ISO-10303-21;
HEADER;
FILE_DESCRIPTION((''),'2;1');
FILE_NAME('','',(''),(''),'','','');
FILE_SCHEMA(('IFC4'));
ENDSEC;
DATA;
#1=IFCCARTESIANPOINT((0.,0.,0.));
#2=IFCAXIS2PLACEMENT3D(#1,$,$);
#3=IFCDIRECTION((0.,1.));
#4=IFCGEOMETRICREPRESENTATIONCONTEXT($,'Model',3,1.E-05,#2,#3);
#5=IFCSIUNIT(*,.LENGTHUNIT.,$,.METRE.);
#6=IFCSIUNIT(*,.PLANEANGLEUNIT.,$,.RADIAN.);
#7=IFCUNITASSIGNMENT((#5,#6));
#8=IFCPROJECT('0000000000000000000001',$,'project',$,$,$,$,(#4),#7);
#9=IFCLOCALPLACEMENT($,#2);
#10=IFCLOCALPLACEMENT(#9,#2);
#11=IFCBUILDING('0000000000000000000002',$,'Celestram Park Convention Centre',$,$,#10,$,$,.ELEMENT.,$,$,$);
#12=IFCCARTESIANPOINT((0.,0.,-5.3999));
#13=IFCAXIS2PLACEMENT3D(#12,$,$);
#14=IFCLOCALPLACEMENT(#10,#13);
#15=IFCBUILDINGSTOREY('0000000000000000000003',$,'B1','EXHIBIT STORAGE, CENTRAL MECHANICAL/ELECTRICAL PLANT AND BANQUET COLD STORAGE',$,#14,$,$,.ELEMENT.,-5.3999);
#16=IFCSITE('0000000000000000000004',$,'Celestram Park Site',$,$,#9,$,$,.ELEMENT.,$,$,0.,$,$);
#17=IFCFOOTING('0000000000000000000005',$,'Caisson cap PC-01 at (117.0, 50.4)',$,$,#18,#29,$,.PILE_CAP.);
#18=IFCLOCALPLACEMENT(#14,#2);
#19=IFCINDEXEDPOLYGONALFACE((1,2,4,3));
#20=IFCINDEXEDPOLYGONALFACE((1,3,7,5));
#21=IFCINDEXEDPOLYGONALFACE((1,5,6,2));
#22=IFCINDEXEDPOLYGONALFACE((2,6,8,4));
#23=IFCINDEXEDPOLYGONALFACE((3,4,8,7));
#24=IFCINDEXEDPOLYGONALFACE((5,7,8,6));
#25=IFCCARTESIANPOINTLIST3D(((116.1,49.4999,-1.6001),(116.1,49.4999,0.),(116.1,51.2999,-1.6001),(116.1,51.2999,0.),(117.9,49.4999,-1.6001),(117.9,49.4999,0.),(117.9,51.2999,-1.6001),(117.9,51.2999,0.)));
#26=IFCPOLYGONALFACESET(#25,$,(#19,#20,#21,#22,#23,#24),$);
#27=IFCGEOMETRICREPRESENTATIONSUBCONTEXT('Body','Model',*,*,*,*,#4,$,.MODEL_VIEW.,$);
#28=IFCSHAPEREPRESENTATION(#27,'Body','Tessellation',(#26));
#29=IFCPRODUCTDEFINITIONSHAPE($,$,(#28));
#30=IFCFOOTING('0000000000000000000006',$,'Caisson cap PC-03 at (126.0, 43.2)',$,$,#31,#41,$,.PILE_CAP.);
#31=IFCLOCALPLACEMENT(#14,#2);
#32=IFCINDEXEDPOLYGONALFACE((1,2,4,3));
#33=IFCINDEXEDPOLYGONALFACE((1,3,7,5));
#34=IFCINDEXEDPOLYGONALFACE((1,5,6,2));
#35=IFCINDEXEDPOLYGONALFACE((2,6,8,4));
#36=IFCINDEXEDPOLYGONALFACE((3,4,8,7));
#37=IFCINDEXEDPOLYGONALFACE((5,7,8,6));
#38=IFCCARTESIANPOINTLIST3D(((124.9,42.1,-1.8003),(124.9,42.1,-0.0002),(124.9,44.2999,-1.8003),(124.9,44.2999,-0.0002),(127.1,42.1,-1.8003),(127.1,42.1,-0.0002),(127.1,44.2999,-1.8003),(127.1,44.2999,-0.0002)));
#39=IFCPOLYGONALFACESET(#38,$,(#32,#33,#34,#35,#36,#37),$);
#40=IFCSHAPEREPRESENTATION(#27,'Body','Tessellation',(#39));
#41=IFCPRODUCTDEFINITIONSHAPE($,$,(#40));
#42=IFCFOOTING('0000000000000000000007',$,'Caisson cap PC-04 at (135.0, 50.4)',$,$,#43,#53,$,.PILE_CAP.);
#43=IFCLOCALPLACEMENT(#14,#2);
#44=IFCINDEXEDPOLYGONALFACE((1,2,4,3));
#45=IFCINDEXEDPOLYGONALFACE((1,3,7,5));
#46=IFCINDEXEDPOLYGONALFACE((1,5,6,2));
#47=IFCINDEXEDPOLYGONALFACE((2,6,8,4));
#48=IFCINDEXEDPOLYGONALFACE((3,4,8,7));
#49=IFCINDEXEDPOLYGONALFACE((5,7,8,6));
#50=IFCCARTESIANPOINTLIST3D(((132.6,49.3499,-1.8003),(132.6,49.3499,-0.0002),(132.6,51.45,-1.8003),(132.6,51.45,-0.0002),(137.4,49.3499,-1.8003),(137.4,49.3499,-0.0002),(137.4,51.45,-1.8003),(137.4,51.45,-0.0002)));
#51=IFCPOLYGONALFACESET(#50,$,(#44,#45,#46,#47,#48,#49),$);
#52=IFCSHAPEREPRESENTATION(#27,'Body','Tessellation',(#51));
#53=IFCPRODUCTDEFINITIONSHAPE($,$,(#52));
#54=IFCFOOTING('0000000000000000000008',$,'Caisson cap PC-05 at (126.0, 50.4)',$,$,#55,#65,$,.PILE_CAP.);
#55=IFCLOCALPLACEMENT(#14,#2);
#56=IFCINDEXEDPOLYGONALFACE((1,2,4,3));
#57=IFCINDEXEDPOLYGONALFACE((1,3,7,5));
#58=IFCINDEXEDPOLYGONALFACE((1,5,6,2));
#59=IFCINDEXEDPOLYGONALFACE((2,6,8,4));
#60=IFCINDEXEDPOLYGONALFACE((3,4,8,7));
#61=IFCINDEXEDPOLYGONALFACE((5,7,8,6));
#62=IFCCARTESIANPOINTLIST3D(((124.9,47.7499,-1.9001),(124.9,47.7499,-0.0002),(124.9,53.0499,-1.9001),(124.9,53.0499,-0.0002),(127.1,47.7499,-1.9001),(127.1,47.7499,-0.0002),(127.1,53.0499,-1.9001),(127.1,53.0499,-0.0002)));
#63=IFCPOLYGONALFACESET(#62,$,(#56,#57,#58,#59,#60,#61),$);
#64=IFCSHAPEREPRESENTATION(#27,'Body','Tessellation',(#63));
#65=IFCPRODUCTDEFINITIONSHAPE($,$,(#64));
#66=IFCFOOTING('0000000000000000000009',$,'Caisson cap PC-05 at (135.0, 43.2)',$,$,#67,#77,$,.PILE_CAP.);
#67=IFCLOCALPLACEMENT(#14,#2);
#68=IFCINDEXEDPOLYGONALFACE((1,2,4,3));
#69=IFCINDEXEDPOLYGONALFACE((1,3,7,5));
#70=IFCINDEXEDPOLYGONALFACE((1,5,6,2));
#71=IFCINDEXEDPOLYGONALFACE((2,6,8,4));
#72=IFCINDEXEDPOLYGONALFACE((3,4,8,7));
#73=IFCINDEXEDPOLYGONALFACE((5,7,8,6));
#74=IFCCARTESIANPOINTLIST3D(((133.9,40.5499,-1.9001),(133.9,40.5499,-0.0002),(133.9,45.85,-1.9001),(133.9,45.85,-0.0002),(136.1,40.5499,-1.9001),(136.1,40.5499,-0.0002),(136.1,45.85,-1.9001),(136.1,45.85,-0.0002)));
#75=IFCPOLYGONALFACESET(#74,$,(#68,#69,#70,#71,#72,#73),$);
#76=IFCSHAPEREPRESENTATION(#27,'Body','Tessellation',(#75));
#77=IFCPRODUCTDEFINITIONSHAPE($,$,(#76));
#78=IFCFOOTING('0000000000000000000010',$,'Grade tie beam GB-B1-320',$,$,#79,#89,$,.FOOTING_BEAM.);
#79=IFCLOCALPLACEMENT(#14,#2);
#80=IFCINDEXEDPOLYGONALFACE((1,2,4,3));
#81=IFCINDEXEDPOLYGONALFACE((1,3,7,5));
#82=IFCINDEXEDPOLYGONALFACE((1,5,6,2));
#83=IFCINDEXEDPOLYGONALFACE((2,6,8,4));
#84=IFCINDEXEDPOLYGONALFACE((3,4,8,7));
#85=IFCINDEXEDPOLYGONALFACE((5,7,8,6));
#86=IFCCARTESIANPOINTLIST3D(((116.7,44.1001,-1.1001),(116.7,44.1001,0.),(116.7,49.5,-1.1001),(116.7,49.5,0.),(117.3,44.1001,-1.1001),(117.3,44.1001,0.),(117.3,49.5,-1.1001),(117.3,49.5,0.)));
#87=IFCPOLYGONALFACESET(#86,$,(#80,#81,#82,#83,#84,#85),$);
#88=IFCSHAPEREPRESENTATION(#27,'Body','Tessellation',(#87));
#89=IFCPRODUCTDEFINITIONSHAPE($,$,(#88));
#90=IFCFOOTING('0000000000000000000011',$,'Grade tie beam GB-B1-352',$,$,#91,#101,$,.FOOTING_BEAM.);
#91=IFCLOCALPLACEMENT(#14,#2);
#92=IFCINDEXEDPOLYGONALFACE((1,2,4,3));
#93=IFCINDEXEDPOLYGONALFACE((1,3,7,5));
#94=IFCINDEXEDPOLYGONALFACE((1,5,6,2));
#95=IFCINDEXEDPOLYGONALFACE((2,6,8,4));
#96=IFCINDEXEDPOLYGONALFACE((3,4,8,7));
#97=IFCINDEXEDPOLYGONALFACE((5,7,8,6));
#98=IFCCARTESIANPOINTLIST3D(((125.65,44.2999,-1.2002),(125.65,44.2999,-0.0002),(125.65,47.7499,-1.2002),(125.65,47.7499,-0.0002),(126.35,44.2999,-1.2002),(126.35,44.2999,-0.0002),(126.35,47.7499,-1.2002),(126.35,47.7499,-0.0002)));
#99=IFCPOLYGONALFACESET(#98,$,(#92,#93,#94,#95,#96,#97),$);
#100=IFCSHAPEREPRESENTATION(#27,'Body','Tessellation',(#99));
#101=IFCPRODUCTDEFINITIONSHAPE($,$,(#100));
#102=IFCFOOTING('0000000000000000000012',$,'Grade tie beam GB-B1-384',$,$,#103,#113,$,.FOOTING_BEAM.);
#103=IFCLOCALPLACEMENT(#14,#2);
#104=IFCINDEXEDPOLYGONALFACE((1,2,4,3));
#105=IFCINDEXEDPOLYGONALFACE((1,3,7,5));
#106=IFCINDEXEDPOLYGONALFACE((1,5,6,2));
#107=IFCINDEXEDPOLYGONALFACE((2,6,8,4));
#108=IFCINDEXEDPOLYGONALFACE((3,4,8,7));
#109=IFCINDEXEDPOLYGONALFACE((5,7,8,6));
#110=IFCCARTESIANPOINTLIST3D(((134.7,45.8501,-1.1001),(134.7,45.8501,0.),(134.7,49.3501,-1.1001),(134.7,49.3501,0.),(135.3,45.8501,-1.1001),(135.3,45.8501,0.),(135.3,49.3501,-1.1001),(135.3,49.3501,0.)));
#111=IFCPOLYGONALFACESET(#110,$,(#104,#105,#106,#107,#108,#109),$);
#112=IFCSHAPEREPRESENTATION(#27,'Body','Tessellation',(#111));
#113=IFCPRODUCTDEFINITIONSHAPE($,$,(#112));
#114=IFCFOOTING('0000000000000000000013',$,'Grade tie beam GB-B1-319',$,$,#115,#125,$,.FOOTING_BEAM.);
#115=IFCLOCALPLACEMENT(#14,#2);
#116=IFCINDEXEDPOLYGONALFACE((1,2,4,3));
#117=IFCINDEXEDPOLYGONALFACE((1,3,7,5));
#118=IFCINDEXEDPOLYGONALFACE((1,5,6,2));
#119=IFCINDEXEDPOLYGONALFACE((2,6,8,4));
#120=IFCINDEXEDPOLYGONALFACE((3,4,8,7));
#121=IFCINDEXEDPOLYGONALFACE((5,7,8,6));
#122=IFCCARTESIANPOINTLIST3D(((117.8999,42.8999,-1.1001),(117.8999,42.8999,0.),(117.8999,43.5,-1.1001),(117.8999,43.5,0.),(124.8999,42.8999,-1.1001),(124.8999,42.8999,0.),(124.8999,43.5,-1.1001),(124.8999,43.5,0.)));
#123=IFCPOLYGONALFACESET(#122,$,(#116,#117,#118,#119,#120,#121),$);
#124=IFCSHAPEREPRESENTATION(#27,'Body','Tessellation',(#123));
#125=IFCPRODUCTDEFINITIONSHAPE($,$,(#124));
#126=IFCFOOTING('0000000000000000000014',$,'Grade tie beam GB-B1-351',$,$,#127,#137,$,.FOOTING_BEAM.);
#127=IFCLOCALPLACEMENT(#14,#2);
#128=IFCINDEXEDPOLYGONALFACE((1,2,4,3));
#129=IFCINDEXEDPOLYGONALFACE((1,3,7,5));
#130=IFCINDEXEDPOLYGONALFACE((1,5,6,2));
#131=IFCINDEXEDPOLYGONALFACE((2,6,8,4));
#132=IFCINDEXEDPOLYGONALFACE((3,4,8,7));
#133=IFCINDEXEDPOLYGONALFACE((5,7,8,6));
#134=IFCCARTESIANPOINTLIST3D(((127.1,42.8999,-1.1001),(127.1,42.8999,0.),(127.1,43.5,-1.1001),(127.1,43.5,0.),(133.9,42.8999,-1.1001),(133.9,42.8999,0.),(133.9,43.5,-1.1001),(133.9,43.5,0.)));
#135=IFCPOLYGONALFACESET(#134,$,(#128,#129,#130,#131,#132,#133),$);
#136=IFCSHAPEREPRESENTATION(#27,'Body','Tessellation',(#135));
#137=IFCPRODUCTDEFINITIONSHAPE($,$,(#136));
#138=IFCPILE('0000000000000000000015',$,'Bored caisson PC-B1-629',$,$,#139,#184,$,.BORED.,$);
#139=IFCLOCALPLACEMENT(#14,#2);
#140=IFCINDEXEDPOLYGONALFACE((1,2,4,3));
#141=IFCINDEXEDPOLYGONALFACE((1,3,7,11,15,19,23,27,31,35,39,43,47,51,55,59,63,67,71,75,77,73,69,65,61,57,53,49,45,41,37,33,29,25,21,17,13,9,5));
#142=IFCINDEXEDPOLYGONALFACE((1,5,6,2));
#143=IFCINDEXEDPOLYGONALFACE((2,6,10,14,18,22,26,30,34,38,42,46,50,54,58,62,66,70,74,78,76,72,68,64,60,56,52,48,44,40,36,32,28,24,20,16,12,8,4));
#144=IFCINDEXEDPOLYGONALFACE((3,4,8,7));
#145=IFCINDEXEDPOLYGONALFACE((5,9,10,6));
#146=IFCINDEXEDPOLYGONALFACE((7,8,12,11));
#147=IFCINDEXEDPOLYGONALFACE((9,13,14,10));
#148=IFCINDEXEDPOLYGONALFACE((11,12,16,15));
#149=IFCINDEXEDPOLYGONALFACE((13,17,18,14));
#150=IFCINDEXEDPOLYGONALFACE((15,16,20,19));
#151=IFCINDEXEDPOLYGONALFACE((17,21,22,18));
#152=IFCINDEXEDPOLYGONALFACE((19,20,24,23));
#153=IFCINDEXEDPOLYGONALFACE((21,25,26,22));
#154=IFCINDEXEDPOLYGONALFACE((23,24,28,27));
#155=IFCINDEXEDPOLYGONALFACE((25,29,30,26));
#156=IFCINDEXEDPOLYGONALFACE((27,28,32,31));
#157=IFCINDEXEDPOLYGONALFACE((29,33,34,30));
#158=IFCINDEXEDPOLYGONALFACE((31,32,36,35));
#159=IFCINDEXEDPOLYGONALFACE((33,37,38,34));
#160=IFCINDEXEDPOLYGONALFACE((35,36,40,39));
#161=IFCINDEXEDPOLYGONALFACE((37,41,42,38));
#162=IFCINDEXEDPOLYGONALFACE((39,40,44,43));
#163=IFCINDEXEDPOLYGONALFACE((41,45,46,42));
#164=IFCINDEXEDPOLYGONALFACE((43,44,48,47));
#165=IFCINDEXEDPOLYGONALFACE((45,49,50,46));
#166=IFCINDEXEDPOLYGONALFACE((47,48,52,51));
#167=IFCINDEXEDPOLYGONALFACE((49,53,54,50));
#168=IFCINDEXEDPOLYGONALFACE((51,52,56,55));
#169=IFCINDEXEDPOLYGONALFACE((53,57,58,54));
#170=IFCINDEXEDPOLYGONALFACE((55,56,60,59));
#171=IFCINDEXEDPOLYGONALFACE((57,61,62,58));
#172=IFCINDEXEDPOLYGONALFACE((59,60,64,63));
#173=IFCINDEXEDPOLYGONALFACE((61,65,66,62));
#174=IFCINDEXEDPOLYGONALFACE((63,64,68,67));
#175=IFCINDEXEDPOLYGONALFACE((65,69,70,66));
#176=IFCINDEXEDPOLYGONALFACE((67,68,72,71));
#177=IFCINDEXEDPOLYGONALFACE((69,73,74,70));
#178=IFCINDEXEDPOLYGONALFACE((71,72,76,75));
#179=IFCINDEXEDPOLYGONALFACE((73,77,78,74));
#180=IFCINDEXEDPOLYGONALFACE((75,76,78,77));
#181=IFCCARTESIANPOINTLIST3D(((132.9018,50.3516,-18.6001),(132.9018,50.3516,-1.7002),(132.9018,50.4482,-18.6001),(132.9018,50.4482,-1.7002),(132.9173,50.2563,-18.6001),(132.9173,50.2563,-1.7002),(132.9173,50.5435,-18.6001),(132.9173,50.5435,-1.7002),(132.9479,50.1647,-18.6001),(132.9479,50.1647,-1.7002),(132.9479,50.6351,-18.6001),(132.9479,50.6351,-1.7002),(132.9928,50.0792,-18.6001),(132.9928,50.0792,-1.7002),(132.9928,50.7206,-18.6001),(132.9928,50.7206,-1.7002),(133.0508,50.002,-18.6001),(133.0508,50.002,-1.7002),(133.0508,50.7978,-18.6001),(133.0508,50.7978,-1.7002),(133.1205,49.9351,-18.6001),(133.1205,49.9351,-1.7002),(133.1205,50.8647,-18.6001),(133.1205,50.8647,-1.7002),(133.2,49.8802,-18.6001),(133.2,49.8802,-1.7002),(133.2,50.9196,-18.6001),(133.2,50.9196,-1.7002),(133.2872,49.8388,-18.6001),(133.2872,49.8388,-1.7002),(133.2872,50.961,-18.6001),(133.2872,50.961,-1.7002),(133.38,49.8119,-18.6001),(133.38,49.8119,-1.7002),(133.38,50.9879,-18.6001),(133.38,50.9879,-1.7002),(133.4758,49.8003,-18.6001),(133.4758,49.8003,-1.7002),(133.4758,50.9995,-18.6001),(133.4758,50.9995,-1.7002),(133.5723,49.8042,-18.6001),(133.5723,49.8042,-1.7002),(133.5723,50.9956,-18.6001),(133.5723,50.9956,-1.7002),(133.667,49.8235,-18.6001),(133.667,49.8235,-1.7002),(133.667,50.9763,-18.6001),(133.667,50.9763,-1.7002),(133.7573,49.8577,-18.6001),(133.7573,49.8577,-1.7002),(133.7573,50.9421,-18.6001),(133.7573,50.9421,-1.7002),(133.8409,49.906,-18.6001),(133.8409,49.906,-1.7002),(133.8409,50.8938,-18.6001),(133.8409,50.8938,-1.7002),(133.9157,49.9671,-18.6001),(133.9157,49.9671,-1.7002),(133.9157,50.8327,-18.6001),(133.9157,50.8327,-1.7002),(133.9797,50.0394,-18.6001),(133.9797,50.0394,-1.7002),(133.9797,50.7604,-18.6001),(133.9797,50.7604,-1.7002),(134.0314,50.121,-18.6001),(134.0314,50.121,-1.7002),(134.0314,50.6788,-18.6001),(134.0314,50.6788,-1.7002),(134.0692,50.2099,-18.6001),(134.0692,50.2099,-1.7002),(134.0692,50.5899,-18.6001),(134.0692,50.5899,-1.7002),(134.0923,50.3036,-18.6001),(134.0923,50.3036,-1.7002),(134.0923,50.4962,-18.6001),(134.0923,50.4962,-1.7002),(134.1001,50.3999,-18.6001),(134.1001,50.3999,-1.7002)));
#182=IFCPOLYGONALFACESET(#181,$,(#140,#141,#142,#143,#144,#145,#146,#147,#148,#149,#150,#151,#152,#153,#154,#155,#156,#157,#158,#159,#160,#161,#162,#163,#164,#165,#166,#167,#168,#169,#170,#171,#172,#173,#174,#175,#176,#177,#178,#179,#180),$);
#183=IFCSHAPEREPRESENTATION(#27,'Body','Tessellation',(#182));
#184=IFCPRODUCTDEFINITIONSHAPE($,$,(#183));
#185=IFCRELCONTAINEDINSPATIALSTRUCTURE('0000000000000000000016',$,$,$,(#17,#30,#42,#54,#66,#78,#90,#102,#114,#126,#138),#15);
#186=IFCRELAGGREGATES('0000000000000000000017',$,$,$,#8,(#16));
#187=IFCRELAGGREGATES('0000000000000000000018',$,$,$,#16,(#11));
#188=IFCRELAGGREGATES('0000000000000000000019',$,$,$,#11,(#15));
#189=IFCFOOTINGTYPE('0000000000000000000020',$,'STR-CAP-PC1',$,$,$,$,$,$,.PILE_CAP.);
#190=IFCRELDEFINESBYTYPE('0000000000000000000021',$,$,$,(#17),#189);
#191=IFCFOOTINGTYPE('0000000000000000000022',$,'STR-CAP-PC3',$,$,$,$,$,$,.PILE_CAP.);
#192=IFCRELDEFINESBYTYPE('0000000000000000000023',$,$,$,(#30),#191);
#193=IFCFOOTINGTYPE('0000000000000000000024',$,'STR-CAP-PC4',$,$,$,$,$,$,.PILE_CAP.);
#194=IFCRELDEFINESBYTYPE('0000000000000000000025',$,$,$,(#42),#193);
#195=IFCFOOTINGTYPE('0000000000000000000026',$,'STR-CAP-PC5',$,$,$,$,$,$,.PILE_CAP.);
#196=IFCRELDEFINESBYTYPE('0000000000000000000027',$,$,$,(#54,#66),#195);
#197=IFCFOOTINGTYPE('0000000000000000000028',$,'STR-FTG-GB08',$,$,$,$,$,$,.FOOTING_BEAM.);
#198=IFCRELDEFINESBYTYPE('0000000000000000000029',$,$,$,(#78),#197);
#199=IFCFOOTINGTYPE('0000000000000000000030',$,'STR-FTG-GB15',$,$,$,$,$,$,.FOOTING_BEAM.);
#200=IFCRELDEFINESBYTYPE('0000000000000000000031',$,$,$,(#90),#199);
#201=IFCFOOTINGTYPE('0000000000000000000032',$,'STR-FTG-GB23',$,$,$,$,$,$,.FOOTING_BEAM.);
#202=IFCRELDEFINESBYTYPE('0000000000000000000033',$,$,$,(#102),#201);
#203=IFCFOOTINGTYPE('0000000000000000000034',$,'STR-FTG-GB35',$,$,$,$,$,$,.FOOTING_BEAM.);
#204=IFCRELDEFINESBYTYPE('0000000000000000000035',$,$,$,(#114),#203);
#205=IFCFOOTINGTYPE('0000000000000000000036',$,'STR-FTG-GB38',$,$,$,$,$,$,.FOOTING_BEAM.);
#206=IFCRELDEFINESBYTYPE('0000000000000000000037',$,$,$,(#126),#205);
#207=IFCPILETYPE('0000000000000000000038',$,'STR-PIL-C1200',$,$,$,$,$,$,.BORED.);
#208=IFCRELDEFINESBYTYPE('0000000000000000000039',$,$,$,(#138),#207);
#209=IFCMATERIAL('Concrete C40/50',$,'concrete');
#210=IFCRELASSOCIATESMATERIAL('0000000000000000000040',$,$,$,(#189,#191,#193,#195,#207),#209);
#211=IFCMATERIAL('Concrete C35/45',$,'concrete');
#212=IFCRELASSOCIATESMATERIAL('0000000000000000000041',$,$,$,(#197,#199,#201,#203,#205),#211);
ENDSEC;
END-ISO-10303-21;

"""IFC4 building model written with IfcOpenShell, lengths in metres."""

from ifc_helpers import new_model, si_unit, direction, frame, origin, origin_2d, place, context, subcontext, project, spatial, rectangle, circle, extrude, material, material_profile, profile_set, type_object, element, save


model = new_model("IFC4")

# Units and contexts
model_context = context("Model", 3, precision=1e-05, world=origin(), true_north=direction((0.0, 1.0)))
body_context = subcontext(model_context, "Body", "Model", "MODEL_VIEW")
ifc_project = project(units=[si_unit("LENGTHUNIT", "METRE"), si_unit("PLANEANGLEUNIT", "RADIAN")], contexts=[model_context])

# Site, building, storey
site_placement = place(None, origin())
site = spatial("IfcSite", under=ifc_project, at=site_placement, Name="Celestram Park Site", CompositionType="ELEMENT", RefElevation=0.0)
building_placement = place(site_placement, origin())
building = spatial("IfcBuilding", under=site, at=building_placement, Name="Celestram Park Convention Centre", CompositionType="ELEMENT")
storey_placement = place(building_placement, frame((0.0, 0.0, -5.3999)))
storey = spatial("IfcBuildingStorey", under=building, at=storey_placement, Name="B1", Description="EXHIBIT STORAGE, CENTRAL MECHANICAL/ELECTRICAL PLANT AND BANQUET COLD STORAGE", CompositionType="ELEMENT", Elevation=-5.3999)

# Footings
ifc_material_1 = material(Name="Concrete C40/50", Category="concrete")
footing_type_1 = type_object("IfcFootingType", Name="STR-CAP-PC1", PredefinedType="PILE_CAP", material=ifc_material_1)
footing_1_placement = place(storey_placement, frame((117.0, 50.3999, -1.6001), z_axis=(0.0, 0.0, 1.0), x_axis=(1.0, 0.0, 0.0)))
element("IfcFooting", 1, at=footing_1_placement, inside=storey, type_object=footing_type_1, Name="Caisson cap PC-01 at (117.0, 50.4)", PredefinedType="PILE_CAP", context=body_context, shape_type="SweptSolid", body=[
    extrude(rectangle(XDim=1.8, YDim=1.8, at=origin_2d()), origin(), (0.0, 0.0, 1.0), 1.6001),
])
footing_type_2 = type_object("IfcFootingType", Name="STR-CAP-PC3", PredefinedType="PILE_CAP", material=ifc_material_1)
footing_2_placement = place(storey_placement, frame((126.0, 43.2, -1.8003), z_axis=(0.0, 0.0, 1.0), x_axis=(1.0, 0.0, 0.0)))
element("IfcFooting", 2, at=footing_2_placement, inside=storey, type_object=footing_type_2, Name="Caisson cap PC-03 at (126.0, 43.2)", PredefinedType="PILE_CAP", context=body_context, shape_type="SweptSolid", body=[
    extrude(rectangle(XDim=2.2, YDim=2.2, at=origin_2d()), origin(), (0.0, 0.0, 1.0), 1.8),
])
footing_type_3 = type_object("IfcFootingType", Name="STR-CAP-PC4", PredefinedType="PILE_CAP", material=ifc_material_1)
footing_3_placement = place(storey_placement, frame((135.0, 50.3999, -1.8003), z_axis=(0.0, 0.0, 1.0), x_axis=(1.0, 0.0, 0.0)))
element("IfcFooting", 3, at=footing_3_placement, inside=storey, type_object=footing_type_3, Name="Caisson cap PC-04 at (135.0, 50.4)", PredefinedType="PILE_CAP", context=body_context, shape_type="SweptSolid", body=[
    extrude(rectangle(XDim=4.8, YDim=2.1001, at=origin_2d()), origin(), (0.0, 0.0, 1.0), 1.8),
])
footing_type_4 = type_object("IfcFootingType", Name="STR-CAP-PC5", PredefinedType="PILE_CAP", material=ifc_material_1)
for number, where, z_axis, x_axis, name in (
    (4, (126.0, 50.3999, -1.9001), (0.0, 0.0, 1.0), (1.0, 0.0, 0.0), "Caisson cap PC-05 at (126.0, 50.4)"),
    (5, (135.0, 43.2, -1.9001), (0.0, 0.0, 1.0), (1.0, 0.0, 0.0), "Caisson cap PC-05 at (135.0, 43.2)"),
):
    element("IfcFooting", number, at=place(storey_placement, frame(where, z_axis=z_axis, x_axis=x_axis)), inside=storey, type_object=footing_type_4, Name=name, PredefinedType="PILE_CAP", context=body_context, shape_type="SweptSolid", body=[
        extrude(rectangle(XDim=2.2, YDim=5.3, at=origin_2d()), origin(), (0.0, 0.0, 1.0), 1.8999),
    ])
ifc_material_2 = material(Name="Concrete C35/45", Category="concrete")
footing_type_5 = type_object("IfcFootingType", Name="STR-FTG-GB08", PredefinedType="FOOTING_BEAM", material=ifc_material_2)
footing_4_placement = place(storey_placement, frame((117.0, 46.8, -1.1001), z_axis=(0.0, 0.0, 1.0), x_axis=(0.0, 1.0, 0.0)))
element("IfcFooting", 6, at=footing_4_placement, inside=storey, type_object=footing_type_5, Name="Grade tie beam GB-B1-320", PredefinedType="FOOTING_BEAM", context=body_context, shape_type="SweptSolid", body=[
    extrude(rectangle(XDim=5.3999, YDim=0.6001, at=origin_2d()), origin(), (0.0, 0.0, 1.0), 1.1001),
])
footing_type_6 = type_object("IfcFootingType", Name="STR-FTG-GB15", PredefinedType="FOOTING_BEAM", material=ifc_material_2)
footing_5_placement = place(storey_placement, frame((126.0, 46.0249, -1.2002), z_axis=(0.0, 0.0, 1.0), x_axis=(0.0, 1.0, 0.0)))
element("IfcFooting", 7, at=footing_5_placement, inside=storey, type_object=footing_type_6, Name="Grade tie beam GB-B1-352", PredefinedType="FOOTING_BEAM", context=body_context, shape_type="SweptSolid", body=[
    extrude(rectangle(XDim=3.45, YDim=0.7, at=origin_2d()), origin(), (0.0, 0.0, 1.0), 1.2),
])
footing_type_7 = type_object("IfcFootingType", Name="STR-FTG-GB23", PredefinedType="FOOTING_BEAM", material=ifc_material_2)
footing_6_placement = place(storey_placement, frame((135.0, 47.6001, -1.1001), z_axis=(0.0, 0.0, 1.0), x_axis=(0.0, 1.0, 0.0)))
element("IfcFooting", 8, at=footing_6_placement, inside=storey, type_object=footing_type_7, Name="Grade tie beam GB-B1-384", PredefinedType="FOOTING_BEAM", context=body_context, shape_type="SweptSolid", body=[
    extrude(rectangle(XDim=3.5, YDim=0.6001, at=origin_2d()), origin(), (0.0, 0.0, 1.0), 1.1001),
])
footing_type_8 = type_object("IfcFootingType", Name="STR-FTG-GB35", PredefinedType="FOOTING_BEAM", material=ifc_material_2)
footing_7_placement = place(storey_placement, frame((121.3999, 43.2, -1.1001), z_axis=(0.0, 0.0, 1.0), x_axis=(1.0, 0.0, 0.0)))
element("IfcFooting", 9, at=footing_7_placement, inside=storey, type_object=footing_type_8, Name="Grade tie beam GB-B1-319", PredefinedType="FOOTING_BEAM", context=body_context, shape_type="SweptSolid", body=[
    extrude(rectangle(XDim=7.0, YDim=0.6001, at=origin_2d()), origin(), (0.0, 0.0, 1.0), 1.1001),
])
footing_type_9 = type_object("IfcFootingType", Name="STR-FTG-GB38", PredefinedType="FOOTING_BEAM", material=ifc_material_2)
footing_8_placement = place(storey_placement, frame((130.5, 43.2, -1.1001), z_axis=(0.0, 0.0, 1.0), x_axis=(1.0, 0.0, 0.0)))
element("IfcFooting", 10, at=footing_8_placement, inside=storey, type_object=footing_type_9, Name="Grade tie beam GB-B1-351", PredefinedType="FOOTING_BEAM", context=body_context, shape_type="SweptSolid", body=[
    extrude(rectangle(XDim=6.8, YDim=0.6001, at=origin_2d()), origin(), (0.0, 0.0, 1.0), 1.1001),
])

# Pile
ifc_material_profile_1 = material_profile(ifc_material_1, circle(Radius=0.6001, at=origin_2d()), Name="CAISSON1200")
ifc_profile_set_1 = profile_set([ifc_material_profile_1], Name="Concrete C40/50")
pile_type_1 = type_object("IfcPileType", Name="STR-PIL-C1200", PredefinedType="BORED", material=ifc_profile_set_1)
pile_1_placement = place(storey_placement, frame((133.5, 50.3999, -1.7002), z_axis=(0.0, 0.0, -1.0), x_axis=(1.0, 0.0, 0.0)))
element("IfcPile", 11, at=pile_1_placement, inside=storey, type_object=pile_type_1, Name="Bored caisson PC-B1-629", PredefinedType="BORED", context=body_context, shape_type="SweptSolid", body=[
    extrude(circle(Radius=0.6001, at=origin_2d()), origin(), (0.0, 0.0, 1.0), 16.8999),
])

save(model, "model.ifc")
